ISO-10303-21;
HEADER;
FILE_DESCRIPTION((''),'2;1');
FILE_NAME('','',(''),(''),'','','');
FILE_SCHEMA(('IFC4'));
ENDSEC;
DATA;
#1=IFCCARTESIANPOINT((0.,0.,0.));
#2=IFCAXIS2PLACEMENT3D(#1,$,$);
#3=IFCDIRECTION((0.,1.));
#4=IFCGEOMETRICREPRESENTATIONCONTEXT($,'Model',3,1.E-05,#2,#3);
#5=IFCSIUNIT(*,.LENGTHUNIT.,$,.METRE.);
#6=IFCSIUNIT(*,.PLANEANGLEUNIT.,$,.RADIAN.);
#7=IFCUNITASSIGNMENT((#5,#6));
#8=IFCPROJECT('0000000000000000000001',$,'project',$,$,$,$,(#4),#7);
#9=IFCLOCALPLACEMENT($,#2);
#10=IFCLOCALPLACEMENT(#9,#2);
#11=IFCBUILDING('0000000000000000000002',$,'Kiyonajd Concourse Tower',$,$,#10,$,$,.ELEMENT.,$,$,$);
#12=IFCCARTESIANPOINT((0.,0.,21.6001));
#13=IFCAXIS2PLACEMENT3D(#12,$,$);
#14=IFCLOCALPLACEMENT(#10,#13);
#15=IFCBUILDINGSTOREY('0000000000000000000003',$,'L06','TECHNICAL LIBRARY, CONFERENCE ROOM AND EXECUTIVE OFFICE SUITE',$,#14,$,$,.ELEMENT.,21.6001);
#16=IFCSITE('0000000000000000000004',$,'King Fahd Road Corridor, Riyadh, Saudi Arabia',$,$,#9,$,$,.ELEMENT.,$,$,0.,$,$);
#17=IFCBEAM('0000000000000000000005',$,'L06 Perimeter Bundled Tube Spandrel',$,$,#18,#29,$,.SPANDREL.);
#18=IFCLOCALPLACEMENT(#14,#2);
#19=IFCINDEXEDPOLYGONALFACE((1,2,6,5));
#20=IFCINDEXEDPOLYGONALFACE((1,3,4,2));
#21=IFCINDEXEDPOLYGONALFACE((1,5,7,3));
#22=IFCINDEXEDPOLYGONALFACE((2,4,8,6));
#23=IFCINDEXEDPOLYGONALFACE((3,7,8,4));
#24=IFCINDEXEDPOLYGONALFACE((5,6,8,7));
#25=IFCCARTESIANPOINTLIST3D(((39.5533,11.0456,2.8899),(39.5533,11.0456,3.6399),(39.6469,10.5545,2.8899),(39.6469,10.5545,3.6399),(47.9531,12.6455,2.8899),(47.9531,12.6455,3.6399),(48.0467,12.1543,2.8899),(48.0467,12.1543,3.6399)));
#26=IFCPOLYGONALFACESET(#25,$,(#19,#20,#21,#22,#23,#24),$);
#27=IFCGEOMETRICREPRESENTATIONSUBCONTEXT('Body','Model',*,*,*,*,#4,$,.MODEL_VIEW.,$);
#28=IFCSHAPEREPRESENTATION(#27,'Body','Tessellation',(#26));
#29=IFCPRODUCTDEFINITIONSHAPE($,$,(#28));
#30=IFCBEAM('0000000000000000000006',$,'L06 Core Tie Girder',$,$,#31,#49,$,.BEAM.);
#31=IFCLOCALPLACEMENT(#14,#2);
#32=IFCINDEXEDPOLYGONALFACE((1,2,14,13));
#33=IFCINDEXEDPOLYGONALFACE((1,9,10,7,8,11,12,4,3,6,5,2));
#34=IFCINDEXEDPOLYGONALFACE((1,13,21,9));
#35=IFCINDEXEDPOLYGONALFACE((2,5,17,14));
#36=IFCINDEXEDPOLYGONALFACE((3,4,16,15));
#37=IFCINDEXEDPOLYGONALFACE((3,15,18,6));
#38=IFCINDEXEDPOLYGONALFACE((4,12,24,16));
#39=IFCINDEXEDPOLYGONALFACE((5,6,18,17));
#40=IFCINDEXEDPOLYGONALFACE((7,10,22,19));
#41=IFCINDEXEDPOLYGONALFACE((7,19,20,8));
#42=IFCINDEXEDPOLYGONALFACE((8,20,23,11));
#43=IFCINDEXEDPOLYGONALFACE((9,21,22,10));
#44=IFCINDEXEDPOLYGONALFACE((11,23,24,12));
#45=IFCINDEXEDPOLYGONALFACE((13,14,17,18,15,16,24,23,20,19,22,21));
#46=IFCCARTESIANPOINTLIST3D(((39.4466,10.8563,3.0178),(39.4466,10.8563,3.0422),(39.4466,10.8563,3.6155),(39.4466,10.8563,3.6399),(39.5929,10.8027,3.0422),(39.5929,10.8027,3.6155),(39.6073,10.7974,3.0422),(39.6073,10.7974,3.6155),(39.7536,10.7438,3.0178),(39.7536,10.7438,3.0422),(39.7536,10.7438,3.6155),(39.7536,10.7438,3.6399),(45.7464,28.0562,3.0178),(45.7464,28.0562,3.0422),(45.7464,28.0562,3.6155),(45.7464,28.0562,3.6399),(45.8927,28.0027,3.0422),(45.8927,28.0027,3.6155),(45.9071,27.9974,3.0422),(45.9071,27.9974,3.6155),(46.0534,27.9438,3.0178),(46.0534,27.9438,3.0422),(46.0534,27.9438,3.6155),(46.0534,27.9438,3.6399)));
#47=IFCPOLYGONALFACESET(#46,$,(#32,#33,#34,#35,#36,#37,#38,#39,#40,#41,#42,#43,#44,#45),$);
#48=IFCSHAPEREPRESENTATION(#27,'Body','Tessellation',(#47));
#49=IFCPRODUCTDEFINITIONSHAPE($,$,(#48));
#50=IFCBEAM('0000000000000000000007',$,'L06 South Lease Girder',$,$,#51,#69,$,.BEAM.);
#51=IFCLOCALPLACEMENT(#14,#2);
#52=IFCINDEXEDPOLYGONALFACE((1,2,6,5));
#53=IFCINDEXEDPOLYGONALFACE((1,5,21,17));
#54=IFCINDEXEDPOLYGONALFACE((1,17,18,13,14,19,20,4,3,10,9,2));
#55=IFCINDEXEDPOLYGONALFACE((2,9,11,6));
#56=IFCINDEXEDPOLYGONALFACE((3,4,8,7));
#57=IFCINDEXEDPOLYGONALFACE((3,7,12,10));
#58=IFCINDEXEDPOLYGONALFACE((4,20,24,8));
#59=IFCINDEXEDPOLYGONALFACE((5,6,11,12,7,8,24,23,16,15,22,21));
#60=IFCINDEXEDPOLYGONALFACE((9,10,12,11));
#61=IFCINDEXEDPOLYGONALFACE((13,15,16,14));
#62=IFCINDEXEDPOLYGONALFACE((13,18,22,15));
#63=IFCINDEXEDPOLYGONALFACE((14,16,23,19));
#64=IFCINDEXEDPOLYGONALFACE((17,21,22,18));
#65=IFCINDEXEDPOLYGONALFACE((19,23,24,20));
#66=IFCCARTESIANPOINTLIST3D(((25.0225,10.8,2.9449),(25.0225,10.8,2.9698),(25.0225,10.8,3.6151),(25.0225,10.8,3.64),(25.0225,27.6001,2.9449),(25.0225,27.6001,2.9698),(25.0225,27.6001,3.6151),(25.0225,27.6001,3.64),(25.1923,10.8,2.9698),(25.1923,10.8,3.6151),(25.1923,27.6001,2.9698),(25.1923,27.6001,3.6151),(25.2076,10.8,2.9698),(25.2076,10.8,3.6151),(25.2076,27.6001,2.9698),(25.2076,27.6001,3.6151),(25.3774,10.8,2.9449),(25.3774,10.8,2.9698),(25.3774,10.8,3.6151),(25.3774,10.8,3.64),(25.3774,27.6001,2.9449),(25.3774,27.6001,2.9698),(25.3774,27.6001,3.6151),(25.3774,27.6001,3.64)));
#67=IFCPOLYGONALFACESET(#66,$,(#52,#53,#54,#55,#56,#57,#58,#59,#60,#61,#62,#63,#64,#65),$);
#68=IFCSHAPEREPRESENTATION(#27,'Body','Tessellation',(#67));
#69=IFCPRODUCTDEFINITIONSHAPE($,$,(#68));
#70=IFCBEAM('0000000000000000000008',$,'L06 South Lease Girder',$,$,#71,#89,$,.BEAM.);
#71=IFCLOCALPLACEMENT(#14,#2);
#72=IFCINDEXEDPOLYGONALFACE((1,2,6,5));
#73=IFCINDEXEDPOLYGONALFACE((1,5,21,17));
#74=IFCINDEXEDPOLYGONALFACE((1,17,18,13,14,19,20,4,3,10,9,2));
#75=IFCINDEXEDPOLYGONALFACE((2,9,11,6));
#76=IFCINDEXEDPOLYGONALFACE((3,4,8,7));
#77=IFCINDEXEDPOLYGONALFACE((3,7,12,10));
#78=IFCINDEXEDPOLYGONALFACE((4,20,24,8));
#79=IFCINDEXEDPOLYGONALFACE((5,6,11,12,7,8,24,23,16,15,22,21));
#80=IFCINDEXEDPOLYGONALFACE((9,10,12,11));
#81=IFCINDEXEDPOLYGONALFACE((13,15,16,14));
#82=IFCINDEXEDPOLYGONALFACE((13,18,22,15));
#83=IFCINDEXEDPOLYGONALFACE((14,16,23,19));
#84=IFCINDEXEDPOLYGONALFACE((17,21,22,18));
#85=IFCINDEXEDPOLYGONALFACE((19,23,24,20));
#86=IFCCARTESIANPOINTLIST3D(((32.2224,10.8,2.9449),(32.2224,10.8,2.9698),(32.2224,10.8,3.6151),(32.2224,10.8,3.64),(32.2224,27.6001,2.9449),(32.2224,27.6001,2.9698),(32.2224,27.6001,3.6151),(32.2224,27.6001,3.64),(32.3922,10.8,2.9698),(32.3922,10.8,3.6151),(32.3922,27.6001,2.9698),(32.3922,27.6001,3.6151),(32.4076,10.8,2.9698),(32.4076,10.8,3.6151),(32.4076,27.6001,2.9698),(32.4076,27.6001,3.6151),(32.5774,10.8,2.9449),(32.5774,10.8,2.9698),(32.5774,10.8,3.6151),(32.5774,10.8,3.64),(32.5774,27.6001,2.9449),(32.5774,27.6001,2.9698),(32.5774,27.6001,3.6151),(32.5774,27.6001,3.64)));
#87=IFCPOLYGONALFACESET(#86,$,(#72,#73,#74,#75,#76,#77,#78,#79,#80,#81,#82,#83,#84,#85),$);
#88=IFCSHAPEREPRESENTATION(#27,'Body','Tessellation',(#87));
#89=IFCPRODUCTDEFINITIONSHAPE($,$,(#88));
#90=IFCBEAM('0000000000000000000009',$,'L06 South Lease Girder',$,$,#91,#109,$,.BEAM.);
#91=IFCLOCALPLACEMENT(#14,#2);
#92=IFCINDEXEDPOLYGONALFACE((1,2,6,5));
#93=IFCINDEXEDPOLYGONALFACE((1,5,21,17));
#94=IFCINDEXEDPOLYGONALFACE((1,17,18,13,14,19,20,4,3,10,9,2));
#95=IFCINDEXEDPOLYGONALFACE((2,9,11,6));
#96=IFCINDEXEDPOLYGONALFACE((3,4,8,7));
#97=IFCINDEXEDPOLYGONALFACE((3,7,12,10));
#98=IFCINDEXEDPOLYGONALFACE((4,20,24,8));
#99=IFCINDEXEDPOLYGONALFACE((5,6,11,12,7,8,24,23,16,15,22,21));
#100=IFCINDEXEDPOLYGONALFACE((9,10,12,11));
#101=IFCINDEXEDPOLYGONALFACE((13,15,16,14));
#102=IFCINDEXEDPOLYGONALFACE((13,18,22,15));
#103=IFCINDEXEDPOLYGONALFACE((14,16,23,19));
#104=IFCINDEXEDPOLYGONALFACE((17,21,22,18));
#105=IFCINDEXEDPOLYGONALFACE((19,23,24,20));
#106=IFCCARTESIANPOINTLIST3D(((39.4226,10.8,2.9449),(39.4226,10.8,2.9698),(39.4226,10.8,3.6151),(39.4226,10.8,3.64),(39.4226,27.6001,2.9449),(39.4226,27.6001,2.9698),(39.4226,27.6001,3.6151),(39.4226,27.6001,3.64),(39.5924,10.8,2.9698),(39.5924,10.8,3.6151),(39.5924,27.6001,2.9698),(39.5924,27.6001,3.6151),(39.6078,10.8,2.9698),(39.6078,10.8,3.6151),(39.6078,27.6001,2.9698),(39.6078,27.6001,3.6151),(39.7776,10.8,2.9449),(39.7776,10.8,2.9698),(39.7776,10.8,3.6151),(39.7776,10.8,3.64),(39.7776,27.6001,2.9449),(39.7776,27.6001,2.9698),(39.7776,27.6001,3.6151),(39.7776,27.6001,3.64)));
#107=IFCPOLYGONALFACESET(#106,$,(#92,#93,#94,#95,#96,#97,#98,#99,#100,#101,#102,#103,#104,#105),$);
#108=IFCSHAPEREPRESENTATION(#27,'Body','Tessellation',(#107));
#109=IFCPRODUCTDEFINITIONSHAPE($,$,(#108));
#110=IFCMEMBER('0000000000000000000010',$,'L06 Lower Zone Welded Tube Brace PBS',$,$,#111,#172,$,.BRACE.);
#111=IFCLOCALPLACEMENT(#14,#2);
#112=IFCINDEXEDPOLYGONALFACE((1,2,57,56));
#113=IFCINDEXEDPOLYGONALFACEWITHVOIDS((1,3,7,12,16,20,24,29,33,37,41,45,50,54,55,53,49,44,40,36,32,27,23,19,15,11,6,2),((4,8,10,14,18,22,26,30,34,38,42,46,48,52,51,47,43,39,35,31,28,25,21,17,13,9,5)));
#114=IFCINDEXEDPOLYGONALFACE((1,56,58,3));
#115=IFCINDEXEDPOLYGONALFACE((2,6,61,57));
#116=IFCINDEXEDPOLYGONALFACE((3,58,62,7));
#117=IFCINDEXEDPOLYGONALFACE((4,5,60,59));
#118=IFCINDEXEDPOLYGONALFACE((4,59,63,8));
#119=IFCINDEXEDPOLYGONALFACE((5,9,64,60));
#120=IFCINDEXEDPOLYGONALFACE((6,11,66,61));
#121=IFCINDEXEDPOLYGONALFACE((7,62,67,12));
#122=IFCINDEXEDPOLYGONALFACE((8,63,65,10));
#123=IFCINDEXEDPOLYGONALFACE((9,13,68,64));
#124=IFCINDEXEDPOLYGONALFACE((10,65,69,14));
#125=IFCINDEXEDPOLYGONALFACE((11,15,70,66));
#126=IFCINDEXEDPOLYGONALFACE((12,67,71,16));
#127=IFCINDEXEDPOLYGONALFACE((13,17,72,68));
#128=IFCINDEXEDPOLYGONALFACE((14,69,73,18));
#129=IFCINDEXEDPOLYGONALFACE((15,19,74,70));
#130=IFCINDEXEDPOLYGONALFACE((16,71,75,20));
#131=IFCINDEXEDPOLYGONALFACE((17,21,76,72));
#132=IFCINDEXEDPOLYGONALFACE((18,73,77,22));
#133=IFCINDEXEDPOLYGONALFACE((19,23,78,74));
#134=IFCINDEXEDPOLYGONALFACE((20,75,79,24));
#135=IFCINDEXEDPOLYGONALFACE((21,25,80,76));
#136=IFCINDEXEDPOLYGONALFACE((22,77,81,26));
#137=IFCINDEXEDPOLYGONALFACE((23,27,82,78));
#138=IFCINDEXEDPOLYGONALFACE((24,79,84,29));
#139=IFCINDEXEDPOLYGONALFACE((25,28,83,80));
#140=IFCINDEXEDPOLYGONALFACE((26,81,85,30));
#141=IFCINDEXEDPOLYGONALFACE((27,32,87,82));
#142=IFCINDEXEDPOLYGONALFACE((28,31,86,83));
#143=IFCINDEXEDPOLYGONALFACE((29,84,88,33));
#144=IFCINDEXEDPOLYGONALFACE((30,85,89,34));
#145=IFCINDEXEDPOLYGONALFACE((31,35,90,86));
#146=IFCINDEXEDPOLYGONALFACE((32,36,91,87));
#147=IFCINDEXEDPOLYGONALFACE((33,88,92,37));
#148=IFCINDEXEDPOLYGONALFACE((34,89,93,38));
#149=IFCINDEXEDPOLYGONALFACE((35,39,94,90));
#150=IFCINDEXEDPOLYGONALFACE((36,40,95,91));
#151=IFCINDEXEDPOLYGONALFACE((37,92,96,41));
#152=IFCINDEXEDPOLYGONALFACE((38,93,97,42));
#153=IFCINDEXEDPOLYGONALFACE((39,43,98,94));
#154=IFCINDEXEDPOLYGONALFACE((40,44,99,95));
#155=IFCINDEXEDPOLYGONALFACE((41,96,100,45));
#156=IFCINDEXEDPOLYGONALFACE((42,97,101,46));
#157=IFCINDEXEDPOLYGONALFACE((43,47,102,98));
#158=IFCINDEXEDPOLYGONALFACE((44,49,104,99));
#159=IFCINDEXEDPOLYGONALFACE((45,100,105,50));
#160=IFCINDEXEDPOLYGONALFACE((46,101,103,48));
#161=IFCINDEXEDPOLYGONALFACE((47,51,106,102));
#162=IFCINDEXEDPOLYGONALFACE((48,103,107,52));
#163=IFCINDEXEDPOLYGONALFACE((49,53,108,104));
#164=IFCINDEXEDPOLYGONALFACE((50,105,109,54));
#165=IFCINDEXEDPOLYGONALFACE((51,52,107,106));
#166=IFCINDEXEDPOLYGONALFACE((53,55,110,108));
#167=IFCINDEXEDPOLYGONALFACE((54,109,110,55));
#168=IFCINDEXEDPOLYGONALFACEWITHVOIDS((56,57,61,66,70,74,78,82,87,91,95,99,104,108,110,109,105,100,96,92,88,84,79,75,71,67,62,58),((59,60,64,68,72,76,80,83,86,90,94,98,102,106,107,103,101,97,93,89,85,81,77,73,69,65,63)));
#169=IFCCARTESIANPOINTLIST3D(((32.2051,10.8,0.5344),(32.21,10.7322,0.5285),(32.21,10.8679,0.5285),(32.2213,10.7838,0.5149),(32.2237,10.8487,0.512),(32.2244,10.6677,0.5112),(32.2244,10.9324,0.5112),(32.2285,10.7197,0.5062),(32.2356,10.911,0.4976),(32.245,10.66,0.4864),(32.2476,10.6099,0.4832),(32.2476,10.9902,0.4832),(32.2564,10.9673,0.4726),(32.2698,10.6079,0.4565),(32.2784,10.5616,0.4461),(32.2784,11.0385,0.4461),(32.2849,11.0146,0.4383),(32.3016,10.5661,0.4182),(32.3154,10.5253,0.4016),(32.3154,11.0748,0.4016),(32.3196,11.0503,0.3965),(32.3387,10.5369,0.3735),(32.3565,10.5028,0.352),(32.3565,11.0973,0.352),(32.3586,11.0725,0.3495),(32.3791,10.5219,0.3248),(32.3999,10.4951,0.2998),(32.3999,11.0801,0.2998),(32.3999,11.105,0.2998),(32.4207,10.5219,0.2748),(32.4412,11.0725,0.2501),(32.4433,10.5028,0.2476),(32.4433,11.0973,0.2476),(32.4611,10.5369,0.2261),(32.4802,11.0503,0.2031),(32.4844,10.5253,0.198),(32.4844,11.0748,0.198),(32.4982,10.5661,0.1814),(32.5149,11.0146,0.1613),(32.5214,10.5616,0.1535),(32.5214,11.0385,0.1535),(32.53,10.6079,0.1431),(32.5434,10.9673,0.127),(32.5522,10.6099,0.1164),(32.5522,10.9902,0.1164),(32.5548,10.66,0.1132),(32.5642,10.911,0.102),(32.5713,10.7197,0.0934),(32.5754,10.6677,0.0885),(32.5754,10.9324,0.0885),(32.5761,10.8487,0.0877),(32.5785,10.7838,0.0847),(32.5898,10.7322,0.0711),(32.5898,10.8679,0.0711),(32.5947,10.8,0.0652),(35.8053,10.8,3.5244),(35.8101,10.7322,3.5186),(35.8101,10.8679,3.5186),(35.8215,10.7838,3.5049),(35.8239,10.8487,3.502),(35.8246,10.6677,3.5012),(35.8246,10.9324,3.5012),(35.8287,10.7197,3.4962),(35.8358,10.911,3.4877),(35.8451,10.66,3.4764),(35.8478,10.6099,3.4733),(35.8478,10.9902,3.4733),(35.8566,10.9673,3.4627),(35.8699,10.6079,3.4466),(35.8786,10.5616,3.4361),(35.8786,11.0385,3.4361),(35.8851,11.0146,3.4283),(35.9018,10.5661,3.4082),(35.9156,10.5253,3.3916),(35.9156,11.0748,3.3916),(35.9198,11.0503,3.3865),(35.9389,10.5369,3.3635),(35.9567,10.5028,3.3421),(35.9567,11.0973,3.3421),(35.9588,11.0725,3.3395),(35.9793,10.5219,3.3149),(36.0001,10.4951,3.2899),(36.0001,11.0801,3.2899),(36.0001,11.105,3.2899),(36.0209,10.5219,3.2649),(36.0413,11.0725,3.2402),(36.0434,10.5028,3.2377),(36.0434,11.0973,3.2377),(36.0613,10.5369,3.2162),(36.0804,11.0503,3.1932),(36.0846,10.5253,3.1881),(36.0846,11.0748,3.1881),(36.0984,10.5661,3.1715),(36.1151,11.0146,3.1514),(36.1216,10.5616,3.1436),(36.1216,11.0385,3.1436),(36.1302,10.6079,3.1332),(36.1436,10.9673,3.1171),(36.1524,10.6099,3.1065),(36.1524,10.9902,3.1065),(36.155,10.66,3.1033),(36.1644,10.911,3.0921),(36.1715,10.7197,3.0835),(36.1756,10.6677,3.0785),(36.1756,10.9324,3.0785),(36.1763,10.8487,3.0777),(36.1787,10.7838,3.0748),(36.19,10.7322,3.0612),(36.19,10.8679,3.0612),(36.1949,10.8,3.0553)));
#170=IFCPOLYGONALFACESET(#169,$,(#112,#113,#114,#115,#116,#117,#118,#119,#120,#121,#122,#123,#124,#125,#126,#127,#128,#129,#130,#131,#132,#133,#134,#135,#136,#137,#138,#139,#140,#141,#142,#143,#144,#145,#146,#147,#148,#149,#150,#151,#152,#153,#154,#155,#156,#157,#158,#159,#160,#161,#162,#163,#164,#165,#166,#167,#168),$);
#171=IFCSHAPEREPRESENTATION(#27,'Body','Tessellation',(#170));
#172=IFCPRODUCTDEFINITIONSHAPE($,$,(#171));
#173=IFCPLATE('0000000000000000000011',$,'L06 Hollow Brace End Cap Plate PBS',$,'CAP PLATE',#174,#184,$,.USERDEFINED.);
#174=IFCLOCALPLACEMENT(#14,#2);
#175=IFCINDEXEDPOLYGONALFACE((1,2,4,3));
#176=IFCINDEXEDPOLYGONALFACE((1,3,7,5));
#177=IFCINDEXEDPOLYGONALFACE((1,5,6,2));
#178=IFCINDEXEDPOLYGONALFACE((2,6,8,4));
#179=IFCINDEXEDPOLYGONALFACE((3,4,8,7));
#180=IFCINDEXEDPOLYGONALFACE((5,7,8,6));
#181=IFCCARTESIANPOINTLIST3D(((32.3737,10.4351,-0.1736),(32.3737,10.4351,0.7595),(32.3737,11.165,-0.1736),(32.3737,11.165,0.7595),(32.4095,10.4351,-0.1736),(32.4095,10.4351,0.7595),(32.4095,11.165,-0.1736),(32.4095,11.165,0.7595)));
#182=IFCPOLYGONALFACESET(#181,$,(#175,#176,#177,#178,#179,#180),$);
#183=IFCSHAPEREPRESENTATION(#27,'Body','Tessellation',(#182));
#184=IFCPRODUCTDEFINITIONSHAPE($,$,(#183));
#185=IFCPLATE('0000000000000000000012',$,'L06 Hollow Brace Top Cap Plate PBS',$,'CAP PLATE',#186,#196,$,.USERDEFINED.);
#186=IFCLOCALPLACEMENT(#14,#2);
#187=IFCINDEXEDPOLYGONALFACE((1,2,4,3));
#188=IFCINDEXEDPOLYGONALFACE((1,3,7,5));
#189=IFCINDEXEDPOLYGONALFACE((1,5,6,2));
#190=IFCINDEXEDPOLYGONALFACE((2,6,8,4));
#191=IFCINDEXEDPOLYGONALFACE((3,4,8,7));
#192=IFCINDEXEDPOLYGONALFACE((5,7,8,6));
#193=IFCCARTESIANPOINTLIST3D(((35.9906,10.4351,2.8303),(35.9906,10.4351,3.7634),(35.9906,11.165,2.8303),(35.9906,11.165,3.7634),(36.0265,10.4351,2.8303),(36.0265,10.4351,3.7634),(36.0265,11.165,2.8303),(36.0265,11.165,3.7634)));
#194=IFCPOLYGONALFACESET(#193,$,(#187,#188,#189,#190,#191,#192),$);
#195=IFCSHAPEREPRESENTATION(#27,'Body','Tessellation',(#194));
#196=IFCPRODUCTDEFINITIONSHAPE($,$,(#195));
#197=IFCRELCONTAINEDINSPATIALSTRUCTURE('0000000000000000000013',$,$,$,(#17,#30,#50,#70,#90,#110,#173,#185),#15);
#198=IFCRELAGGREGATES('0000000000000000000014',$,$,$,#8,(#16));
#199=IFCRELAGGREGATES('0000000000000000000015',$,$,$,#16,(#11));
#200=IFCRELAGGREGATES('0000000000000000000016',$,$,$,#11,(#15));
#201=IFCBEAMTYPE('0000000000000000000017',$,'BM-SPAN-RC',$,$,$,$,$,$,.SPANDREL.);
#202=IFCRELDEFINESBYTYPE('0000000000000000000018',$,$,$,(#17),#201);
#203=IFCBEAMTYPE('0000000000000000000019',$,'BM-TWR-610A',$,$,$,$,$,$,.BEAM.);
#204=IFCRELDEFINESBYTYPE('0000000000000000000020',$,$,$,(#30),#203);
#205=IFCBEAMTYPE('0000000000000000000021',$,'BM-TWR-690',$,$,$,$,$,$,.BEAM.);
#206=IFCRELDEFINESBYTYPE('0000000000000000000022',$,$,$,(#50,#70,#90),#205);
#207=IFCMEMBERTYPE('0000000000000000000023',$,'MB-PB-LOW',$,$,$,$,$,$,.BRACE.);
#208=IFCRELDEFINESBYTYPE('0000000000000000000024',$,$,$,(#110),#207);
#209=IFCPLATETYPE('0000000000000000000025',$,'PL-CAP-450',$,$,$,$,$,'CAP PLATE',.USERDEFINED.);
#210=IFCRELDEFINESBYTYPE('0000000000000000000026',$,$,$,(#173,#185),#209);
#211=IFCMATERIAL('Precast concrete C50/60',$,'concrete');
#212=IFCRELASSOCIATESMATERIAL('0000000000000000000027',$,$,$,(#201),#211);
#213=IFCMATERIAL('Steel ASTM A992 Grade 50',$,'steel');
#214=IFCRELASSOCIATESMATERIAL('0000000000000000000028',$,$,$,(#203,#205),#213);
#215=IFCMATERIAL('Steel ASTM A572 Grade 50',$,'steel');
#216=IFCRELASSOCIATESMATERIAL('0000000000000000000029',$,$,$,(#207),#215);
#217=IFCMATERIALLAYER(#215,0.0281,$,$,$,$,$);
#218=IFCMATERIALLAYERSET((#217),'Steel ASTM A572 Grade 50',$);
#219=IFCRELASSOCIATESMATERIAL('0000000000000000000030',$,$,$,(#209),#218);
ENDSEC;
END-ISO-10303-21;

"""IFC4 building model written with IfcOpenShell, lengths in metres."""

from ifc_helpers import new_model, si_unit, direction, frame, origin, origin_2d, place, context, subcontext, project, spatial, rectangle, hollow_circle, i_section, extrude, material, layer, layer_set, material_profile, profile_set, type_object, element, save


model = new_model("IFC4")

# Units and contexts
model_context = context("Model", 3, precision=1e-05, world=origin(), true_north=direction((0.0, 1.0)))
body_context = subcontext(model_context, "Body", "Model", "MODEL_VIEW")
ifc_project = project(units=[si_unit("LENGTHUNIT", "METRE"), si_unit("PLANEANGLEUNIT", "RADIAN")], contexts=[model_context])

# Site, building, storey
site_placement = place(None, origin())
site = spatial("IfcSite", under=ifc_project, at=site_placement, Name="King Fahd Road Corridor, Riyadh, Saudi Arabia", CompositionType="ELEMENT", RefElevation=0.0)
building_placement = place(site_placement, origin())
building = spatial("IfcBuilding", under=site, at=building_placement, Name="Kiyonajd Concourse Tower", CompositionType="ELEMENT")
storey_placement = place(building_placement, frame((0.0, 0.0, 21.6001)))
storey = spatial("IfcBuildingStorey", under=building, at=storey_placement, Name="L06", Description="TECHNICAL LIBRARY, CONFERENCE ROOM AND EXECUTIVE OFFICE SUITE", CompositionType="ELEMENT", Elevation=21.6001)

# Beams
ifc_material_1 = material(Name="Steel ASTM A992 Grade 50", Category="steel")
ifc_material_2 = material(Name="Precast concrete C50/60", Category="concrete")
ifc_material_profile_1 = material_profile(ifc_material_2, rectangle(XDim=0.5, YDim=0.75, at=origin_2d()), Name="RCBM-500x750")
ifc_profile_set_1 = profile_set([ifc_material_profile_1], Name="Precast concrete C50/60")
beam_type_1 = type_object("IfcBeamType", Name="BM-SPAN-RC", PredefinedType="SPANDREL", material=ifc_profile_set_1)
beam_1_placement = place(storey_placement, frame((39.6001, 10.8, 3.2649), z_axis=(0.982341, 0.187098, 0.0), x_axis=(-0.187098, 0.982341, 0.0)))
element("IfcBeam", 1, at=beam_1_placement, inside=storey, type_object=beam_type_1, Name="L06 Perimeter Bundled Tube Spandrel", PredefinedType="SPANDREL", context=body_context, shape_type="SweptSolid", body=[
    extrude(rectangle(XDim=0.5, YDim=0.75, at=origin_2d()), origin(), (0.0, 0.0, 1.0), 8.5508),
])
ifc_material_profile_2 = material_profile(ifc_material_1, i_section(OverallWidth=0.3269, OverallDepth=0.6221, WebThickness=0.0154, FlangeThickness=0.0244, at=origin_2d()), Name="W610X195")
ifc_profile_set_2 = profile_set([ifc_material_profile_2], Name="Steel ASTM A992 Grade 50")
beam_type_2 = type_object("IfcBeamType", Name="BM-TWR-610A", PredefinedType="BEAM", material=ifc_profile_set_2)
beam_2_placement = place(storey_placement, frame((39.6001, 10.8, 3.3289), z_axis=(0.343925, 0.938997, 0.0), x_axis=(-0.938997, 0.343925, 0.0)))
element("IfcBeam", 2, at=beam_2_placement, inside=storey, type_object=beam_type_2, Name="L06 Core Tie Girder", PredefinedType="BEAM", context=body_context, shape_type="SweptSolid", body=[
    extrude(i_section(OverallWidth=0.3269, OverallDepth=0.6221, WebThickness=0.0154, FlangeThickness=0.0244, at=origin_2d()), origin(), (0.0, 0.0, 1.0), 18.3174),
])
ifc_material_profile_3 = material_profile(ifc_material_1, i_section(OverallWidth=0.355, OverallDepth=0.6951, WebThickness=0.0154, FlangeThickness=0.0249, at=origin_2d()), Name="W690X217")
ifc_profile_set_3 = profile_set([ifc_material_profile_3], Name="Steel ASTM A992 Grade 50")
beam_type_3 = type_object("IfcBeamType", Name="BM-TWR-690", PredefinedType="BEAM", material=ifc_profile_set_3)
for number, where, z_axis, x_axis, name in (
    (3, (25.2, 10.8, 3.2925), (0.0, 1.0, 0.0), (-1.0, 0.0, 0.0), "L06 South Lease Girder"),
    (4, (32.3999, 10.8, 3.2925), (0.0, 1.0, 0.0), (-1.0, 0.0, 0.0), "L06 South Lease Girder"),
    (5, (39.6001, 10.8, 3.2925), (0.0, 1.0, 0.0), (-1.0, 0.0, 0.0), "L06 South Lease Girder"),
):
    element("IfcBeam", number, at=place(storey_placement, frame(where, z_axis=z_axis, x_axis=x_axis)), inside=storey, type_object=beam_type_3, Name=name, PredefinedType="BEAM", context=body_context, shape_type="SweptSolid", body=[
        extrude(i_section(OverallWidth=0.355, OverallDepth=0.6951, WebThickness=0.0154, FlangeThickness=0.0249, at=origin_2d()), origin(), (0.0, 0.0, 1.0), 16.8),
    ])

# Member
ifc_material_3 = material(Name="Steel ASTM A572 Grade 50", Category="steel")
ifc_material_profile_4 = material_profile(ifc_material_3, hollow_circle(Radius=0.3049, WallThickness=0.0249, at=origin_2d()), Name="CHS-610x25")
ifc_profile_set_4 = profile_set([ifc_material_profile_4], Name="Steel ASTM A572 Grade 50")
member_type = type_object("IfcMemberType", Name="MB-PB-LOW", PredefinedType="BRACE", material=ifc_profile_set_4)
member_placement = place(storey_placement, frame((32.3999, 10.8, 0.2998), z_axis=(0.769281, 0.0, 0.638911), x_axis=(0.0, 1.0, 0.0)))
element("IfcMember", 6, at=member_placement, inside=storey, type_object=member_type, Name="L06 Lower Zone Welded Tube Brace PBS", PredefinedType="BRACE", context=body_context, shape_type="SweptSolid", body=[
    extrude(hollow_circle(Radius=0.3049, WallThickness=0.0249, at=origin_2d()), origin(), (0.0, 0.0, 1.0), 4.6799),
])

# Plates
ifc_layer_1 = layer(ifc_material_3, 0.0281)
ifc_layer_set_1 = layer_set([ifc_layer_1], Name="Steel ASTM A572 Grade 50")
plate_type_1 = type_object("IfcPlateType", Name="PL-CAP-450", ElementType="CAP PLATE", PredefinedType="USERDEFINED", material=ifc_layer_set_1)
for number, where, z_axis, x_axis, name in (
    (7, (32.3916, 10.8, -0.1736), (0.0, 0.0, 1.0), (-1.0, 0.0, 0.0), "L06 Hollow Brace End Cap Plate PBS"),
    (8, (36.0085, 10.8, 2.8303), (0.0, 0.0, 1.0), (1.0, 0.0, 0.0), "L06 Hollow Brace Top Cap Plate PBS"),
):
    element("IfcPlate", number, at=place(storey_placement, frame(where, z_axis=z_axis, x_axis=x_axis)), inside=storey, type_object=plate_type_1, Name=name, ObjectType="CAP PLATE", PredefinedType="USERDEFINED", context=body_context, shape_type="SweptSolid", body=[
        extrude(rectangle(XDim=0.0359, YDim=0.73, at=origin_2d()), origin(), (0.0, 0.0, 1.0), 0.9331),
    ])

save(model, "model.ifc")
